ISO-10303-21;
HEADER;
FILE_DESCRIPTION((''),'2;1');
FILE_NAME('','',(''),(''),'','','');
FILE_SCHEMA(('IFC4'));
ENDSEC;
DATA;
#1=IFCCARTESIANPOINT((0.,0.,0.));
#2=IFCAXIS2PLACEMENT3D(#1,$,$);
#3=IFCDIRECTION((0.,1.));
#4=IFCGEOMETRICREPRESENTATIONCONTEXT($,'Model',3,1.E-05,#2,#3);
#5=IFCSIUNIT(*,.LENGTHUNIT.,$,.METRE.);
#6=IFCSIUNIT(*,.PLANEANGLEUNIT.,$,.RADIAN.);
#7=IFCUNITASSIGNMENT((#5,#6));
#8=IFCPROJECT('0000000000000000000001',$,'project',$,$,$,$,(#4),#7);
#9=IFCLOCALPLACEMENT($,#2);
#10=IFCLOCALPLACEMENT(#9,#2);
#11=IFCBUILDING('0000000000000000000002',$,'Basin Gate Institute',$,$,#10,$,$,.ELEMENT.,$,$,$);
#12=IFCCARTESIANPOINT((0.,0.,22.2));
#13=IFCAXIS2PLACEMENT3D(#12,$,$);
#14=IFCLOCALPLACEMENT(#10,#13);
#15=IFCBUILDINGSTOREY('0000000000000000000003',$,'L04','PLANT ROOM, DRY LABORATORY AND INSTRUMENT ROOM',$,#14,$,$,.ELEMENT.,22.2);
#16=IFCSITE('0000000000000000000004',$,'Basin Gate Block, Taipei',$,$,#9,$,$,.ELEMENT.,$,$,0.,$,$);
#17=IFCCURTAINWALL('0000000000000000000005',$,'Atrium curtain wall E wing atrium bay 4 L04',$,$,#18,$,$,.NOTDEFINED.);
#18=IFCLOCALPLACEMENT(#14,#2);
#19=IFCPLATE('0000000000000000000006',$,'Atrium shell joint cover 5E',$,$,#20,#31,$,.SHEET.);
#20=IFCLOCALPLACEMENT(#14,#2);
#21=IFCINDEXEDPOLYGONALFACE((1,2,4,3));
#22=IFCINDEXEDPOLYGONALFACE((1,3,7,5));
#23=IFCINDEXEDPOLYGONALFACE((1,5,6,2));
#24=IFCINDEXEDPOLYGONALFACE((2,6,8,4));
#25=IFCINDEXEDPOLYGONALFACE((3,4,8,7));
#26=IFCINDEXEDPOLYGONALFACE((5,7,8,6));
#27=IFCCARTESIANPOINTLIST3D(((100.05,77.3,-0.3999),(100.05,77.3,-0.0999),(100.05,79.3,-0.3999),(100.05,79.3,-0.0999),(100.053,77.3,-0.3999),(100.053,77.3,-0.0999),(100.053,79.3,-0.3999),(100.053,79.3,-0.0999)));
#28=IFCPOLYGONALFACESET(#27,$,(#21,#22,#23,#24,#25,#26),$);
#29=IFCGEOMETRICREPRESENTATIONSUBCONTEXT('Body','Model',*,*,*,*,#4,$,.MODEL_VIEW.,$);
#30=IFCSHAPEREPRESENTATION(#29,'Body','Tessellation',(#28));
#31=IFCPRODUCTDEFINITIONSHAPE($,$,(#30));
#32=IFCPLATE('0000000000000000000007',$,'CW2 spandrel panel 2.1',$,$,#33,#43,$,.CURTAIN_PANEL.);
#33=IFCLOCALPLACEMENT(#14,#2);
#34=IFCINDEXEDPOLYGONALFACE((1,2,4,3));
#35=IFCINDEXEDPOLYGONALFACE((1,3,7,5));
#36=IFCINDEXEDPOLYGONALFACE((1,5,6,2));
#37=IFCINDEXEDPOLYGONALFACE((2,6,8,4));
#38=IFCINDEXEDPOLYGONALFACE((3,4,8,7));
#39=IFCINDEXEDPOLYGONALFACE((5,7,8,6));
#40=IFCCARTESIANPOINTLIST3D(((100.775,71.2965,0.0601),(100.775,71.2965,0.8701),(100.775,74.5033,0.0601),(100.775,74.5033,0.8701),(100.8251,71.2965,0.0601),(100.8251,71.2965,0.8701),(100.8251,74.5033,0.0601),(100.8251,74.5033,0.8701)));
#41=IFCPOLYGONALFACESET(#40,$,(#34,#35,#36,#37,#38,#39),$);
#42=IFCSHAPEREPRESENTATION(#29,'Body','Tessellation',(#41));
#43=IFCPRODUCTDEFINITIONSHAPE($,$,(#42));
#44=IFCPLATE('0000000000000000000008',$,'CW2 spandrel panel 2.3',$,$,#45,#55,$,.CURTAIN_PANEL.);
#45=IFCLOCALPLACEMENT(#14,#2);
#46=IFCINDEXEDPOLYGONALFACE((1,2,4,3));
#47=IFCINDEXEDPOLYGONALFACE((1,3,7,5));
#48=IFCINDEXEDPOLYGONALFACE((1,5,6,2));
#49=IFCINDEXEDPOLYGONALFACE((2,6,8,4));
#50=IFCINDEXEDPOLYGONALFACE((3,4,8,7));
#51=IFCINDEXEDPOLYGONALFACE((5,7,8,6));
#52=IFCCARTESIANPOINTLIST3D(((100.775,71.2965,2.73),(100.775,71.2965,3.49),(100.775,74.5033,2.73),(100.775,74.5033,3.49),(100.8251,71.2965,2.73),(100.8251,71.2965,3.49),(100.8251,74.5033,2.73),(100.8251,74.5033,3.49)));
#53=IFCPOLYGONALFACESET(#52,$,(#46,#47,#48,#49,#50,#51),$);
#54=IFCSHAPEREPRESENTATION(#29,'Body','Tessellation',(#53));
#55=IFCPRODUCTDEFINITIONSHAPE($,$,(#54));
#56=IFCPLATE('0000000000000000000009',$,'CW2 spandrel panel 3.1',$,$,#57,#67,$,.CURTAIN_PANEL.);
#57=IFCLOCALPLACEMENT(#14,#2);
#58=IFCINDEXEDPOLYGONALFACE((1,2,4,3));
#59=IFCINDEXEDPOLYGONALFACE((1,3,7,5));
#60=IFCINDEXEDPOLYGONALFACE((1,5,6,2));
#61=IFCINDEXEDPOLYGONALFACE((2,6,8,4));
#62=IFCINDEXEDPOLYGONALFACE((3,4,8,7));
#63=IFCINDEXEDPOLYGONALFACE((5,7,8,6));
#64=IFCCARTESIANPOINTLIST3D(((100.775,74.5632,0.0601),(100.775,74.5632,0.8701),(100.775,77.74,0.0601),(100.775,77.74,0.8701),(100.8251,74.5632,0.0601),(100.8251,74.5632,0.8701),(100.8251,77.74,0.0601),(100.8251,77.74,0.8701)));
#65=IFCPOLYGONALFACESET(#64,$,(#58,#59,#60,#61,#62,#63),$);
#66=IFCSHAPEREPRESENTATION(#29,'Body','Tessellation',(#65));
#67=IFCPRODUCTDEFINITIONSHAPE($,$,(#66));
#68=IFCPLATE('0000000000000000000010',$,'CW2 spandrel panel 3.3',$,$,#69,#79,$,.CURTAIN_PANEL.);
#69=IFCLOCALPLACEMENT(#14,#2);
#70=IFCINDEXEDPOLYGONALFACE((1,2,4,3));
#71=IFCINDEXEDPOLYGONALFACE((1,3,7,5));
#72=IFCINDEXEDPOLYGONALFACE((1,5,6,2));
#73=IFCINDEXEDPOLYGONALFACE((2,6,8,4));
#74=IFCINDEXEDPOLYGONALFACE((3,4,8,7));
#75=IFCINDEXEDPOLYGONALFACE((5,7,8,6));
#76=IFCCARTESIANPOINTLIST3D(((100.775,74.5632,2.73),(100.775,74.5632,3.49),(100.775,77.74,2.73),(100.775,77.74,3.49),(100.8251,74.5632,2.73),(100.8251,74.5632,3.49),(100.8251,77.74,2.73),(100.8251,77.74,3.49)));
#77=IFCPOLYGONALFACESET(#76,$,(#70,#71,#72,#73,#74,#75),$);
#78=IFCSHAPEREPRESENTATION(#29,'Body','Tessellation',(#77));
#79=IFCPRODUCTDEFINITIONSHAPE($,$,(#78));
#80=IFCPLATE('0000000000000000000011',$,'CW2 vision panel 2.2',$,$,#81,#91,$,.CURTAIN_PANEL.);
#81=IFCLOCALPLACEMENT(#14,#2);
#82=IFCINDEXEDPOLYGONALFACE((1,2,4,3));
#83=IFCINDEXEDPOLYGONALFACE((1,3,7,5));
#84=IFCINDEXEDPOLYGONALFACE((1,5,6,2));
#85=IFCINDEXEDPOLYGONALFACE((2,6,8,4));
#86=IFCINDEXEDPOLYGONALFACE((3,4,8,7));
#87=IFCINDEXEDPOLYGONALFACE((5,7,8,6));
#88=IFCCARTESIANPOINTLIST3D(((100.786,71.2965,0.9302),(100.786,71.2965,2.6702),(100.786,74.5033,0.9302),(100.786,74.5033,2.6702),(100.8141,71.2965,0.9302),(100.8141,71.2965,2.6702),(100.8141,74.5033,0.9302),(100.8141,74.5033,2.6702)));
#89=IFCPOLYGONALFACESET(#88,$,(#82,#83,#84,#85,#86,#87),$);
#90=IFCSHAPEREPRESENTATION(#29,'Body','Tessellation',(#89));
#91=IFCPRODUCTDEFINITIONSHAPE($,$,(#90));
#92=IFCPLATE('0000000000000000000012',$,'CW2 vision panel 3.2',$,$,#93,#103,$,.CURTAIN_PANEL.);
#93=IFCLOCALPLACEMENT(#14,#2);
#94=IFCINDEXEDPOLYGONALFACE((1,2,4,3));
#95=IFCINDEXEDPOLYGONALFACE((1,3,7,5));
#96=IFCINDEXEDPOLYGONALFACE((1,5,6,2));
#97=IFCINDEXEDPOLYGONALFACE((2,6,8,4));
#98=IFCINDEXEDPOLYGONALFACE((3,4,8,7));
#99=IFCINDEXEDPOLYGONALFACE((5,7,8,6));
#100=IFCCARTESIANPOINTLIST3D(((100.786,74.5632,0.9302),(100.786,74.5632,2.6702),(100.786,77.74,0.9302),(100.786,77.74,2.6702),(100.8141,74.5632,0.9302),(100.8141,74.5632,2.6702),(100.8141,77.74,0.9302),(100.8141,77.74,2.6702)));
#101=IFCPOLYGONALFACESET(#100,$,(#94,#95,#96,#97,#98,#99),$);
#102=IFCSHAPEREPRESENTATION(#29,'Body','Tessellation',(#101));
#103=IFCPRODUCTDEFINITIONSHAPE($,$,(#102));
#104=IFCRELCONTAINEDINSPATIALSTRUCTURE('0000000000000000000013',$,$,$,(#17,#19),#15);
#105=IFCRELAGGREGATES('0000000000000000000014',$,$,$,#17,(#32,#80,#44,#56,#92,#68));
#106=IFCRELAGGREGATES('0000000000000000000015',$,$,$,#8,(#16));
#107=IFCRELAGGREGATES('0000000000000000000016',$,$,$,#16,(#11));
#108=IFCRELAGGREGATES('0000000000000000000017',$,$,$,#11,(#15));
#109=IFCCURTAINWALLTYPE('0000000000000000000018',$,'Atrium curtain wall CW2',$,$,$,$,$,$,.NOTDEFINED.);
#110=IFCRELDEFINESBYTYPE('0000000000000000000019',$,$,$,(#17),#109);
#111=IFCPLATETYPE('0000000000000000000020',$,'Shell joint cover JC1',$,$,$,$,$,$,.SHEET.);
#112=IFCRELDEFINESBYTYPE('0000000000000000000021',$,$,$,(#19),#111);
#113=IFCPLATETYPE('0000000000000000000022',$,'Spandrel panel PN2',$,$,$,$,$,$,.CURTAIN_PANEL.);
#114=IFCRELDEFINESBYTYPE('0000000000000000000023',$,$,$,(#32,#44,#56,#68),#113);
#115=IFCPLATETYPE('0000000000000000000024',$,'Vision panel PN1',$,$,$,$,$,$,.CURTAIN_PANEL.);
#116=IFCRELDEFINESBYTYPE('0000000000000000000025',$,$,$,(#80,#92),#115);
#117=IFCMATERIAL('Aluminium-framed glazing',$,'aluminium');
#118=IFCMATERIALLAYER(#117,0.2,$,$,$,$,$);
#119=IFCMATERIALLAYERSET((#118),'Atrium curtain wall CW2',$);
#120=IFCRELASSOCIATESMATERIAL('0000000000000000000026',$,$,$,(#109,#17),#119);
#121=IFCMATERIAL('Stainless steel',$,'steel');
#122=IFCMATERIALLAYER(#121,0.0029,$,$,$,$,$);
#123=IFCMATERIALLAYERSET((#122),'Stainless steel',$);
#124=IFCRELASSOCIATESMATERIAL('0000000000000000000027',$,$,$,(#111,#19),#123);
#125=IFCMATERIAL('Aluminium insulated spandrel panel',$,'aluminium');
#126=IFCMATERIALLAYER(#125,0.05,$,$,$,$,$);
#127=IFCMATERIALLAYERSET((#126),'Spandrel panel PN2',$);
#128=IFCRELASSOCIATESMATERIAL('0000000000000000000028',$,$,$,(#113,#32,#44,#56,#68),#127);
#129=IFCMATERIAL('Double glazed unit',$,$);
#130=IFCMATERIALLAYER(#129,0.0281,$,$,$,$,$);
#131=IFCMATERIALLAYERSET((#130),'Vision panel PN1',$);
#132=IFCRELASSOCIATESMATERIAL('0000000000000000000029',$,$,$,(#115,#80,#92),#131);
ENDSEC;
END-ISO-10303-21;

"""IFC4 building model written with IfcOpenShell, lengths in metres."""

from ifc_helpers import new_model, si_unit, direction, frame, origin, origin_2d, place, context, subcontext, project, spatial, rectangle, extrude, material, layer, layer_set, type_object, element, aggregate, save


model = new_model("IFC4")

# Units and contexts
model_context = context("Model", 3, precision=1e-05, world=origin(), true_north=direction((0.0, 1.0)))
body_context = subcontext(model_context, "Body", "Model", "MODEL_VIEW")
ifc_project = project(units=[si_unit("LENGTHUNIT", "METRE"), si_unit("PLANEANGLEUNIT", "RADIAN")], contexts=[model_context])

# Site, building, storey
site_placement = place(None, origin())
site = spatial("IfcSite", under=ifc_project, at=site_placement, Name="Basin Gate Block, Taipei", CompositionType="ELEMENT", RefElevation=0.0)
building_placement = place(site_placement, origin())
building = spatial("IfcBuilding", under=site, at=building_placement, Name="Basin Gate Institute", CompositionType="ELEMENT")
storey_placement = place(building_placement, frame((0.0, 0.0, 22.2)))
storey = spatial("IfcBuildingStorey", under=building, at=storey_placement, Name="L04", Description="PLANT ROOM, DRY LABORATORY AND INSTRUMENT ROOM", CompositionType="ELEMENT", Elevation=22.2)

# Curtain wall
ifc_material_1 = material(Name="Aluminium-framed glazing", Category="aluminium")
ifc_layer_1 = layer(ifc_material_1, 0.2)
ifc_layer_set_1 = layer_set([ifc_layer_1], Name="Atrium curtain wall CW2")
curtain_wall_type = type_object("IfcCurtainWallType", Name="Atrium curtain wall CW2", PredefinedType="NOTDEFINED", material=ifc_layer_set_1)
curtain_wall_placement = place(storey_placement, origin())
curtain_wall = element("IfcCurtainWall", 1, at=curtain_wall_placement, inside=storey, type_object=curtain_wall_type, material=ifc_layer_set_1, Name="Atrium curtain wall E wing atrium bay 4 L04", PredefinedType="NOTDEFINED")

# Plates
ifc_material_2 = material(Name="Stainless steel", Category="steel")
ifc_layer_2 = layer(ifc_material_2, 0.0029)
ifc_layer_set_2 = layer_set([ifc_layer_2], Name="Stainless steel")
plate_type_1 = type_object("IfcPlateType", Name="Shell joint cover JC1", PredefinedType="SHEET", material=ifc_layer_set_2)
plate_1_placement = place(storey_placement, frame((100.0515, 78.3, -0.3999), z_axis=(0.0, 0.0, 1.0), x_axis=(1.0, 0.0, 0.0)))
element("IfcPlate", 2, at=plate_1_placement, inside=storey, type_object=plate_type_1, material=ifc_layer_set_2, Name="Atrium shell joint cover 5E", PredefinedType="SHEET", context=body_context, shape_type="SweptSolid", body=[
    extrude(rectangle(XDim=0.0029, YDim=2.0, at=origin_2d()), origin(), (0.0, 0.0, 1.0), 0.3),
])
ifc_material_3 = material(Name="Aluminium insulated spandrel panel", Category="aluminium")
ifc_layer_3 = layer(ifc_material_3, 0.05)
ifc_layer_set_3 = layer_set([ifc_layer_3], Name="Spandrel panel PN2")
plate_type_2 = type_object("IfcPlateType", Name="Spandrel panel PN2", PredefinedType="CURTAIN_PANEL", material=ifc_layer_set_3)
plate_2_placement = place(storey_placement, frame((100.8, 72.8999, 0.0601), z_axis=(0.0, 0.0, 1.0), x_axis=(0.0, 1.0, 0.0)))
plate_2 = element("IfcPlate", 3, at=plate_2_placement, type_object=plate_type_2, material=ifc_layer_set_3, Name="CW2 spandrel panel 2.1", PredefinedType="CURTAIN_PANEL", context=body_context, shape_type="SweptSolid", body=[
    extrude(rectangle(XDim=3.2068, YDim=0.05, at=origin_2d()), origin(), (0.0, 0.0, 1.0), 0.8101),
])
plate_3_placement = place(storey_placement, frame((100.8, 72.8999, 2.73), z_axis=(0.0, 0.0, 1.0), x_axis=(0.0, 1.0, 0.0)))
plate_3 = element("IfcPlate", 4, at=plate_3_placement, type_object=plate_type_2, material=ifc_layer_set_3, Name="CW2 spandrel panel 2.3", PredefinedType="CURTAIN_PANEL", context=body_context, shape_type="SweptSolid", body=[
    extrude(rectangle(XDim=3.2068, YDim=0.05, at=origin_2d()), origin(), (0.0, 0.0, 1.0), 0.76),
])
plate_4_placement = place(storey_placement, frame((100.8, 76.1516, 0.0601), z_axis=(0.0, 0.0, 1.0), x_axis=(0.0, 1.0, 0.0)))
plate_4 = element("IfcPlate", 5, at=plate_4_placement, type_object=plate_type_2, material=ifc_layer_set_3, Name="CW2 spandrel panel 3.1", PredefinedType="CURTAIN_PANEL", context=body_context, shape_type="SweptSolid", body=[
    extrude(rectangle(XDim=3.1768, YDim=0.05, at=origin_2d()), origin(), (0.0, 0.0, 1.0), 0.8101),
])
plate_5_placement = place(storey_placement, frame((100.8, 76.1516, 2.73), z_axis=(0.0, 0.0, 1.0), x_axis=(0.0, 1.0, 0.0)))
plate_5 = element("IfcPlate", 6, at=plate_5_placement, type_object=plate_type_2, material=ifc_layer_set_3, Name="CW2 spandrel panel 3.3", PredefinedType="CURTAIN_PANEL", context=body_context, shape_type="SweptSolid", body=[
    extrude(rectangle(XDim=3.1768, YDim=0.05, at=origin_2d()), origin(), (0.0, 0.0, 1.0), 0.76),
])
ifc_material_4 = material(Name="Double glazed unit")
ifc_layer_4 = layer(ifc_material_4, 0.0281)
ifc_layer_set_4 = layer_set([ifc_layer_4], Name="Vision panel PN1")
plate_type_3 = type_object("IfcPlateType", Name="Vision panel PN1", PredefinedType="CURTAIN_PANEL", material=ifc_layer_set_4)
plate_6_placement = place(storey_placement, frame((100.8, 72.8999, 0.9302), z_axis=(0.0, 0.0, 1.0), x_axis=(0.0, 1.0, 0.0)))
plate_6 = element("IfcPlate", 7, at=plate_6_placement, type_object=plate_type_3, material=ifc_layer_set_4, Name="CW2 vision panel 2.2", PredefinedType="CURTAIN_PANEL", context=body_context, shape_type="SweptSolid", body=[
    extrude(rectangle(XDim=3.2068, YDim=0.0281, at=origin_2d()), origin(), (0.0, 0.0, 1.0), 1.74),
])
plate_7_placement = place(storey_placement, frame((100.8, 76.1516, 0.9302), z_axis=(0.0, 0.0, 1.0), x_axis=(0.0, 1.0, 0.0)))
plate_7 = element("IfcPlate", 8, at=plate_7_placement, type_object=plate_type_3, material=ifc_layer_set_4, Name="CW2 vision panel 3.2", PredefinedType="CURTAIN_PANEL", context=body_context, shape_type="SweptSolid", body=[
    extrude(rectangle(XDim=3.1768, YDim=0.0281, at=origin_2d()), origin(), (0.0, 0.0, 1.0), 1.74),
])
aggregate(curtain_wall, [plate_2, plate_6, plate_3, plate_4, plate_7, plate_5])

save(model, "model.ifc")
